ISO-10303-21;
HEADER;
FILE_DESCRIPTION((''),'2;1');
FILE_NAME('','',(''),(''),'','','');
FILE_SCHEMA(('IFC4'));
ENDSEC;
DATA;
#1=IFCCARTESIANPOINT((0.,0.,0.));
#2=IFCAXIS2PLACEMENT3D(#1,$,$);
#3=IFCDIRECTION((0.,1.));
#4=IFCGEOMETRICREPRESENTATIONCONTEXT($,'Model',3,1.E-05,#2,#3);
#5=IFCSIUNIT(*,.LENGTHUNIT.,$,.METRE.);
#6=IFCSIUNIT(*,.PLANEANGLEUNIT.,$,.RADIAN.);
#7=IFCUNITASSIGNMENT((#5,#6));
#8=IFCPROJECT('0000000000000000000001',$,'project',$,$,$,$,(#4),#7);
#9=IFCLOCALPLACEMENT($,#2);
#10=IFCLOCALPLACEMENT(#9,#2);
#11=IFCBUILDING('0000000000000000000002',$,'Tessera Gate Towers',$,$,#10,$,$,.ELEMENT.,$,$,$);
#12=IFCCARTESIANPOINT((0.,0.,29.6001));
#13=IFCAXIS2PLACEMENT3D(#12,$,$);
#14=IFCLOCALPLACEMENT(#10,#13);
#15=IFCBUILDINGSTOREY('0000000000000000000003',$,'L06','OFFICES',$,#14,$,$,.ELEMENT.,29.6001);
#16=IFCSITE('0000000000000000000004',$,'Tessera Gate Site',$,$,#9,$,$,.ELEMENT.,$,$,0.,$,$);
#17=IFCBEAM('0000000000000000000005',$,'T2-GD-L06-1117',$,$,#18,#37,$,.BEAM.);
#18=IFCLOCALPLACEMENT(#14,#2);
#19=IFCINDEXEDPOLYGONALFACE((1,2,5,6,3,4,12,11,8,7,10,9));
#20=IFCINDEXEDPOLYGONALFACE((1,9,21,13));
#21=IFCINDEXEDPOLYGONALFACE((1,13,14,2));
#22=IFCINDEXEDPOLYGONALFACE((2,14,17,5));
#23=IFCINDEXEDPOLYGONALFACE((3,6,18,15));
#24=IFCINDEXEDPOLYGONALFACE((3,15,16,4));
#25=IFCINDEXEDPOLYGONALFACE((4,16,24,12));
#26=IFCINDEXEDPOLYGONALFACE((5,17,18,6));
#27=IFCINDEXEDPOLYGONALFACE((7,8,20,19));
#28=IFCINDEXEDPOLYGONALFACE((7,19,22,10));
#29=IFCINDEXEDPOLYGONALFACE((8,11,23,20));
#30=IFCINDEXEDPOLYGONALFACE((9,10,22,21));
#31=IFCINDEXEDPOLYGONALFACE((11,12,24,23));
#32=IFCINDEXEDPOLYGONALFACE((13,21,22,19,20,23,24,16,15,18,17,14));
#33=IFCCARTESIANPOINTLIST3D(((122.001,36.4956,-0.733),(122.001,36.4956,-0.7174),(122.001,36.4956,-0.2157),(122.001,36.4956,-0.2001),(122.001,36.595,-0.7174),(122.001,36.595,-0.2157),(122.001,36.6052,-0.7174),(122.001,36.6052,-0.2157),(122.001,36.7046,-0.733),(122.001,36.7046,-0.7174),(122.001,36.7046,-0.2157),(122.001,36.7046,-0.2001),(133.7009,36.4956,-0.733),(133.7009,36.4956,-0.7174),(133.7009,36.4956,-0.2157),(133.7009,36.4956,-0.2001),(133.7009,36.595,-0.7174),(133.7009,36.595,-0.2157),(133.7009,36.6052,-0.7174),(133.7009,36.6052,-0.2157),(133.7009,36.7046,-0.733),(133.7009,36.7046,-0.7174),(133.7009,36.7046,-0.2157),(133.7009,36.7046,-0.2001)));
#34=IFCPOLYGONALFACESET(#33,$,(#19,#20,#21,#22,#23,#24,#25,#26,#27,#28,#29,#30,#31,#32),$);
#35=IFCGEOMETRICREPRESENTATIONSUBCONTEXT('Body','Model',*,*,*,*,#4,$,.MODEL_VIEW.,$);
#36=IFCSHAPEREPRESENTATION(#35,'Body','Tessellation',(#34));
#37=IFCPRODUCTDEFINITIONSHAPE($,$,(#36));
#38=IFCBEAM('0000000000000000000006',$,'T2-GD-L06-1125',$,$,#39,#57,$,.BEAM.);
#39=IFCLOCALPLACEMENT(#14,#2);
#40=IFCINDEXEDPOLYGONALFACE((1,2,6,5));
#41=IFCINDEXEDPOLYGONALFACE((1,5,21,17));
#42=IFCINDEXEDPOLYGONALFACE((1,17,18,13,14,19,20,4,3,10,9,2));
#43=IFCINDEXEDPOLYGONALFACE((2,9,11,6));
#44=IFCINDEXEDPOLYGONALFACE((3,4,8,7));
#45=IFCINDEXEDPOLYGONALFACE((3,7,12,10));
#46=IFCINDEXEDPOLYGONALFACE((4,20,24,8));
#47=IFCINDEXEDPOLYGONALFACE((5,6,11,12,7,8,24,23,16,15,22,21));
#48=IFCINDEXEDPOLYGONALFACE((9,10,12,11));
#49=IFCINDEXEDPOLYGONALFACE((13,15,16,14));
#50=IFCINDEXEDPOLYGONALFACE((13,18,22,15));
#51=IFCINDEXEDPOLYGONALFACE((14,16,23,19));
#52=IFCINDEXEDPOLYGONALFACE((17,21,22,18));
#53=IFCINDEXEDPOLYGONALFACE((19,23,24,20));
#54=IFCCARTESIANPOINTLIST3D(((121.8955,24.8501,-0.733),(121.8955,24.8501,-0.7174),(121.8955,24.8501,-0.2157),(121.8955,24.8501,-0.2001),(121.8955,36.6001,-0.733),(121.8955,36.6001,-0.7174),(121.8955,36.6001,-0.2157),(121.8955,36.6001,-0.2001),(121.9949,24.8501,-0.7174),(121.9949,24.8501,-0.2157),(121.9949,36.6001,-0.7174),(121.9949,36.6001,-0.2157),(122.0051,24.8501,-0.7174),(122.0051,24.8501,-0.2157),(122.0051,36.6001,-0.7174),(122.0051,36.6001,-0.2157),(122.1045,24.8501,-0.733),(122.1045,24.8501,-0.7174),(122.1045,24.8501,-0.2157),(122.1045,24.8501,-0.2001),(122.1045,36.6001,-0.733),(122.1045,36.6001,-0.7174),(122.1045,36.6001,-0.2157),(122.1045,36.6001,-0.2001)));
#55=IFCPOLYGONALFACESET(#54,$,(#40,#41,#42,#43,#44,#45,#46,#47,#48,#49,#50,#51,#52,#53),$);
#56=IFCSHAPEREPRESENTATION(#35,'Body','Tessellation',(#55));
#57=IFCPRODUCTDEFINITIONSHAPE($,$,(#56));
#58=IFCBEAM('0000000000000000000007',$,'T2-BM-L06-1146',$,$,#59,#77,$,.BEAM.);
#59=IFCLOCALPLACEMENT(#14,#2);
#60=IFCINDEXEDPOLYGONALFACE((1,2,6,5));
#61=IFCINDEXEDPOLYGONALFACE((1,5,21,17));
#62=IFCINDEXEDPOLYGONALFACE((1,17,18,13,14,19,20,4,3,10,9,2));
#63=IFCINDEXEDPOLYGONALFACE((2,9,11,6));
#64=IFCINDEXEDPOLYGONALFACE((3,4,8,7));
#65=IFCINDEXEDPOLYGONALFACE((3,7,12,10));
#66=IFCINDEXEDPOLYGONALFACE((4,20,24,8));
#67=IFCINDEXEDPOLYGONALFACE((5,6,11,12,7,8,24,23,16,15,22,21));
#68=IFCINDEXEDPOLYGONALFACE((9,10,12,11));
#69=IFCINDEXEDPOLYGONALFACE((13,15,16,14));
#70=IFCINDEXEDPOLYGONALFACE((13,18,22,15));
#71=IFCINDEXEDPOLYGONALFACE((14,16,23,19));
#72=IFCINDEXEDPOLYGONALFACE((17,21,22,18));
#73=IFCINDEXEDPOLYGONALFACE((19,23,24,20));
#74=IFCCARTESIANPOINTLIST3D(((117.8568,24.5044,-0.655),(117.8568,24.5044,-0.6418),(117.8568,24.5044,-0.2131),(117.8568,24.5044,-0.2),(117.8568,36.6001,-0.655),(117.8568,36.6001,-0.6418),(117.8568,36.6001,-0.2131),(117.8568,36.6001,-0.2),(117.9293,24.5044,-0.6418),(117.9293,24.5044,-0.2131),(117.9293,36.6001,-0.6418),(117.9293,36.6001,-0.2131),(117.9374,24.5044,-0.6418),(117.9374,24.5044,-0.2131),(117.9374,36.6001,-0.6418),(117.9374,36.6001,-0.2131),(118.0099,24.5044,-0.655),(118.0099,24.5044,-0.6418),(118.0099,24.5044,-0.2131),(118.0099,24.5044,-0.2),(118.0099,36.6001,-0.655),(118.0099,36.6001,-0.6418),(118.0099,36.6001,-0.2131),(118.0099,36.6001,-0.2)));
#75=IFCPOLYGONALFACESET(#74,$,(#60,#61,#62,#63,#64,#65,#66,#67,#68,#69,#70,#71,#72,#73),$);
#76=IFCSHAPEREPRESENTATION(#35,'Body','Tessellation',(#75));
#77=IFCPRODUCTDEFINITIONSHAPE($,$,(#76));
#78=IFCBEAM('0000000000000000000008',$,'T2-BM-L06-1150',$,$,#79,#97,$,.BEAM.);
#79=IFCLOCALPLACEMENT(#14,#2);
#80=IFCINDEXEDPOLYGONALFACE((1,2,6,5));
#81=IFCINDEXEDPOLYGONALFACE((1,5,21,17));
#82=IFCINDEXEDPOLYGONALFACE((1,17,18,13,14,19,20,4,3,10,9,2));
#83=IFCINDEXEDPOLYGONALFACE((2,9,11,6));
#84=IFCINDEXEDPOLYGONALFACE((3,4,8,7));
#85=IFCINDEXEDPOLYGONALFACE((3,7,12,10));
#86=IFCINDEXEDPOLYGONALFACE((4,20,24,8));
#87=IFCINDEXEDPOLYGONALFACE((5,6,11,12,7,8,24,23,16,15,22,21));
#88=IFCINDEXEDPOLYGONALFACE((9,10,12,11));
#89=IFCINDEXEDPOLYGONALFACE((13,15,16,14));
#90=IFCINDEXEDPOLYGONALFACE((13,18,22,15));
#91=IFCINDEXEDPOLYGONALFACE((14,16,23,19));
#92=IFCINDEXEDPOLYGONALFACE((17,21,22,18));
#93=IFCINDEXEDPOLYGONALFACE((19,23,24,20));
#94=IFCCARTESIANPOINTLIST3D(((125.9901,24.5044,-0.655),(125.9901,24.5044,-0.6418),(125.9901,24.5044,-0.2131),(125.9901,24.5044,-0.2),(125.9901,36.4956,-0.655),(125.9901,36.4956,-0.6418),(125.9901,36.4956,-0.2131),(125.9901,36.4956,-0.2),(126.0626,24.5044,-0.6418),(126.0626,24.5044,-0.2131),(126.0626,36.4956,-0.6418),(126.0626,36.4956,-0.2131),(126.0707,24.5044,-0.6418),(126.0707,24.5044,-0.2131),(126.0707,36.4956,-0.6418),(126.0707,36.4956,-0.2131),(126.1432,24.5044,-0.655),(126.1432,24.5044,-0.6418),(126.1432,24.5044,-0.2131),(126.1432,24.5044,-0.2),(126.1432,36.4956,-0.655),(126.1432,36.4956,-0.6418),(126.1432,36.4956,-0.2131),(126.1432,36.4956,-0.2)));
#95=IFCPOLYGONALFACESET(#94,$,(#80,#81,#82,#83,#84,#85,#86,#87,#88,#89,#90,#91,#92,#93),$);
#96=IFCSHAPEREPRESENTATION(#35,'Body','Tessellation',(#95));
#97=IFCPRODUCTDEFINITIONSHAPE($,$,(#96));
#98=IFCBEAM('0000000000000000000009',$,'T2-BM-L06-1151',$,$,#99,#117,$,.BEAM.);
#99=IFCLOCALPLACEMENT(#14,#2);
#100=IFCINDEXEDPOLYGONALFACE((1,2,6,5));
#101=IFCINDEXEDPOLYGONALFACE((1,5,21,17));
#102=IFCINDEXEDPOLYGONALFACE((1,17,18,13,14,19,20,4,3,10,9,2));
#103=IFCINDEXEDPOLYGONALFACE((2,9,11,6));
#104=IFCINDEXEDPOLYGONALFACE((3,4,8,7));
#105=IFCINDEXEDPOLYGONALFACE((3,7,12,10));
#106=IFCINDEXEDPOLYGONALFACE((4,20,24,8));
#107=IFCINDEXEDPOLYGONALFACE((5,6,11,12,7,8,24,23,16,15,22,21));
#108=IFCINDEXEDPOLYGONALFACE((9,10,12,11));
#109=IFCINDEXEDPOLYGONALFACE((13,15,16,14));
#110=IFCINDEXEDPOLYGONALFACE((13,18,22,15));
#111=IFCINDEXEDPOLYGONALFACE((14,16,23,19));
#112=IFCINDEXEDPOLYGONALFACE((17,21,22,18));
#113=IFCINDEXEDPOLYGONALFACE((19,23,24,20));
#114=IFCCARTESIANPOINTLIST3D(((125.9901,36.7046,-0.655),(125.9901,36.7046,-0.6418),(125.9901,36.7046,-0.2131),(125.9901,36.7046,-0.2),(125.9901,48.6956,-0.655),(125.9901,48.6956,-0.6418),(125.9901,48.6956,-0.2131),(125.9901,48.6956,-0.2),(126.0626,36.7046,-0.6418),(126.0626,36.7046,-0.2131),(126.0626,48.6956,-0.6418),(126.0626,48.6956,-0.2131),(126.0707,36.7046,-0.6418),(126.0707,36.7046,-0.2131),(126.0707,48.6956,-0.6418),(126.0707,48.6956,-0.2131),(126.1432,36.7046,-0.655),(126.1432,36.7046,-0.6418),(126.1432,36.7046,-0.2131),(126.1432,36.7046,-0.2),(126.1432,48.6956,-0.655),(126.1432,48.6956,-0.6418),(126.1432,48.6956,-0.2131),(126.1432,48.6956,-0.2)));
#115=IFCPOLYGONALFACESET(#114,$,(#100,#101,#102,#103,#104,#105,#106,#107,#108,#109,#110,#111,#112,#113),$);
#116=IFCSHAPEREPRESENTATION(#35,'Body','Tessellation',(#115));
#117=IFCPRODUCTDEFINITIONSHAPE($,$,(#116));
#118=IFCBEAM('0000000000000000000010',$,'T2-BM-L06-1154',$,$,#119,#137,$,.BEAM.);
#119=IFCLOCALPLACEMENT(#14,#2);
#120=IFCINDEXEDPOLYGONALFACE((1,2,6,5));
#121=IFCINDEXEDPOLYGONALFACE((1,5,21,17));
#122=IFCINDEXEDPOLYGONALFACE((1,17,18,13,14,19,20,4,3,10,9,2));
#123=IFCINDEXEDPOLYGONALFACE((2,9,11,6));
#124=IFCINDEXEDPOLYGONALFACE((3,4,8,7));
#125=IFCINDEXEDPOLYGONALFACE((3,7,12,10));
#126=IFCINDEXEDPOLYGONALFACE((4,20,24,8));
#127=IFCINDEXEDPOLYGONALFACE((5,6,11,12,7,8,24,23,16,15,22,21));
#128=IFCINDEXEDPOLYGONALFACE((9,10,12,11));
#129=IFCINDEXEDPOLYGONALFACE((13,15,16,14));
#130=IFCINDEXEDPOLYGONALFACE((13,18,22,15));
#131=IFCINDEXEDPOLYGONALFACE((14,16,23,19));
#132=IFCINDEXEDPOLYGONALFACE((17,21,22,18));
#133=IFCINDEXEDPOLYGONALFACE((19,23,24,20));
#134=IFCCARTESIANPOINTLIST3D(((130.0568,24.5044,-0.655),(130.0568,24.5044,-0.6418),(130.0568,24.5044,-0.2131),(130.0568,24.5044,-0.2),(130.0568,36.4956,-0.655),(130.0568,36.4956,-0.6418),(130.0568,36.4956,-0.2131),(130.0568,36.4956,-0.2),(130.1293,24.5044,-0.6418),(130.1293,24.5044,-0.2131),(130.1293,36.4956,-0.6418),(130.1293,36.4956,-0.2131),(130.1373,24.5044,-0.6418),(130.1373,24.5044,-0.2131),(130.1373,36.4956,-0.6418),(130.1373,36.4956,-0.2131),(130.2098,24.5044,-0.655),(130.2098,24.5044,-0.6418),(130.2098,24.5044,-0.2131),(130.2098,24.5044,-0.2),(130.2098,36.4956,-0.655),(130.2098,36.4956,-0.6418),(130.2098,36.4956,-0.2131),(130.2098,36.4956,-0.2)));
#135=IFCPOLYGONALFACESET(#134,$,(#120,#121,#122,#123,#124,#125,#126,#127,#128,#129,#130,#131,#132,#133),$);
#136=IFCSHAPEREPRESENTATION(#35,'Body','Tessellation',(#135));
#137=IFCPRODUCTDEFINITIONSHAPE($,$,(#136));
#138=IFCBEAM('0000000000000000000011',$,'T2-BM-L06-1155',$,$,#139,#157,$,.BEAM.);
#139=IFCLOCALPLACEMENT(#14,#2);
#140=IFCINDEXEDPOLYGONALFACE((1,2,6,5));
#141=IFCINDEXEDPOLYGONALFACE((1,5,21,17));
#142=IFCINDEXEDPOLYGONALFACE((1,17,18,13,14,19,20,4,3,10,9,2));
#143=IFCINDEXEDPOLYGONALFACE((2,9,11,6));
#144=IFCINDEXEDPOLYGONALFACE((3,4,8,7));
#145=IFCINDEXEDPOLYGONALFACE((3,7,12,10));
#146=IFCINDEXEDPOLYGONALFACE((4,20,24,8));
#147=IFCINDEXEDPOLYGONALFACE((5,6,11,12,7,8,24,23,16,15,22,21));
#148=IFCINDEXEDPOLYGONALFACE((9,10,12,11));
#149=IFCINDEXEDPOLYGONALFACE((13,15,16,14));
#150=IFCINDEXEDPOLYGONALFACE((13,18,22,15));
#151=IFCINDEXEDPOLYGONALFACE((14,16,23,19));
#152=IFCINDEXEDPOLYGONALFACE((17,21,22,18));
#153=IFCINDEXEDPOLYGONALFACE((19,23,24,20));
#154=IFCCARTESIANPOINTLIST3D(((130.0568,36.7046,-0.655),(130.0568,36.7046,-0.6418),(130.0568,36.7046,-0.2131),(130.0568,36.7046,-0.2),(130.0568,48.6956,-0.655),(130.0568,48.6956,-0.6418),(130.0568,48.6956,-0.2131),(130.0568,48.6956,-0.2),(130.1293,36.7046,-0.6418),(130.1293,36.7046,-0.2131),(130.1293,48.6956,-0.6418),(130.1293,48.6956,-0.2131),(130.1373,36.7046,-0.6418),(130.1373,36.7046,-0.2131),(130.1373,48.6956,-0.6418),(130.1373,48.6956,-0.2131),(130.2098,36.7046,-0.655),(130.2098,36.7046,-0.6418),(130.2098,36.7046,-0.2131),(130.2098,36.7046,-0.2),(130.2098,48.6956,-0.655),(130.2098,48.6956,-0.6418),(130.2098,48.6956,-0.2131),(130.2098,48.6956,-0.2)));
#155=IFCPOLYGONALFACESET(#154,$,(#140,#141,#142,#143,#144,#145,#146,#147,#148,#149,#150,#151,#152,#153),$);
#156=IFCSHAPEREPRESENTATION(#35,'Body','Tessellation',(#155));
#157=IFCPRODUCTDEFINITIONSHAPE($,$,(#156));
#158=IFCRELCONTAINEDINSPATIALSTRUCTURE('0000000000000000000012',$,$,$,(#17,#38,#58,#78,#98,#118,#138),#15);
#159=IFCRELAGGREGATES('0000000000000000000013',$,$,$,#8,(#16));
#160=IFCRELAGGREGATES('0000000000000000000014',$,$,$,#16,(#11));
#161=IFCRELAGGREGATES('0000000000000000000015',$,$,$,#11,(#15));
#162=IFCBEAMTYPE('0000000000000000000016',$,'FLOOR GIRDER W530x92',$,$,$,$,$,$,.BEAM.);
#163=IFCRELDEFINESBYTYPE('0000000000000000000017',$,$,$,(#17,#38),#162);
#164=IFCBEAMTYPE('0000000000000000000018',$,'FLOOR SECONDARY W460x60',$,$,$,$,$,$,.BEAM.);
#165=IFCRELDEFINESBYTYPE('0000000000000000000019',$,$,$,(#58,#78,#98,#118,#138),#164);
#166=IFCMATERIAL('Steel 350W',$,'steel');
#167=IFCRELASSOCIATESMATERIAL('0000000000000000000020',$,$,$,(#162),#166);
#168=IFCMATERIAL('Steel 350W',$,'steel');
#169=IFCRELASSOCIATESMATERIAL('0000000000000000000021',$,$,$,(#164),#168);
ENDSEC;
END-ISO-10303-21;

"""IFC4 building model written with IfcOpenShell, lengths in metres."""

from ifc_helpers import new_model, si_unit, direction, frame, origin, origin_2d, place, context, subcontext, project, spatial, i_section, extrude, material, material_profile, profile_set, type_object, element, save


model = new_model("IFC4")

# Units and contexts
model_context = context("Model", 3, precision=1e-05, world=origin(), true_north=direction((0.0, 1.0)))
body_context = subcontext(model_context, "Body", "Model", "MODEL_VIEW")
ifc_project = project(units=[si_unit("LENGTHUNIT", "METRE"), si_unit("PLANEANGLEUNIT", "RADIAN")], contexts=[model_context])

# Site, building, storey
site_placement = place(None, origin())
site = spatial("IfcSite", under=ifc_project, at=site_placement, Name="Tessera Gate Site", CompositionType="ELEMENT", RefElevation=0.0)
building_placement = place(site_placement, origin())
building = spatial("IfcBuilding", under=site, at=building_placement, Name="Tessera Gate Towers", CompositionType="ELEMENT")
storey_placement = place(building_placement, frame((0.0, 0.0, 29.6001)))
storey = spatial("IfcBuildingStorey", under=building, at=storey_placement, Name="L06", Description="OFFICES", CompositionType="ELEMENT", Elevation=29.6001)

# Beams
ifc_material_1 = material(Name="Steel 350W", Category="steel")
ifc_material_profile_1 = material_profile(ifc_material_1, i_section(OverallWidth=0.209, OverallDepth=0.533, WebThickness=0.0103, FlangeThickness=0.0156, at=origin_2d()), Name="W530x92")
ifc_profile_set_1 = profile_set([ifc_material_profile_1], Name="Steel 350W")
beam_type_1 = type_object("IfcBeamType", Name="FLOOR GIRDER W530x92", PredefinedType="BEAM", material=ifc_profile_set_1)
beam_1_placement = place(storey_placement, frame((122.001, 36.6001, -0.4666), z_axis=(1.0, 0.0, 0.0), x_axis=(0.0, 1.0, 0.0)))
element("IfcBeam", 1, at=beam_1_placement, inside=storey, type_object=beam_type_1, Name="T2-GD-L06-1117", PredefinedType="BEAM", context=body_context, shape_type="SweptSolid", body=[
    extrude(i_section(OverallWidth=0.209, OverallDepth=0.533, WebThickness=0.0103, FlangeThickness=0.0156, at=origin_2d()), origin(), (0.0, 0.0, 1.0), 11.7),
])
beam_2_placement = place(storey_placement, frame((122.0, 24.8501, -0.4666), z_axis=(0.0, 1.0, 0.0), x_axis=(-1.0, 0.0, 0.0)))
element("IfcBeam", 2, at=beam_2_placement, inside=storey, type_object=beam_type_1, Name="T2-GD-L06-1125", PredefinedType="BEAM", context=body_context, shape_type="SweptSolid", body=[
    extrude(i_section(OverallWidth=0.209, OverallDepth=0.533, WebThickness=0.0103, FlangeThickness=0.0156, at=origin_2d()), origin(), (0.0, 0.0, 1.0), 11.75),
])
ifc_material_2 = material(Name="Steel 350W", Category="steel")
ifc_material_profile_2 = material_profile(ifc_material_2, i_section(OverallWidth=0.1531, OverallDepth=0.4551, WebThickness=0.0081, FlangeThickness=0.0132, at=origin_2d()), Name="W460x60")
ifc_profile_set_2 = profile_set([ifc_material_profile_2], Name="Steel 350W")
beam_type_2 = type_object("IfcBeamType", Name="FLOOR SECONDARY W460x60", PredefinedType="BEAM", material=ifc_profile_set_2)
beam_3_placement = place(storey_placement, frame((117.9333, 24.5044, -0.4275), z_axis=(0.0, 1.0, 0.0), x_axis=(-1.0, 0.0, 0.0)))
element("IfcBeam", 3, at=beam_3_placement, inside=storey, type_object=beam_type_2, Name="T2-BM-L06-1146", PredefinedType="BEAM", context=body_context, shape_type="SweptSolid", body=[
    extrude(i_section(OverallWidth=0.1531, OverallDepth=0.4551, WebThickness=0.0081, FlangeThickness=0.0132, at=origin_2d()), origin(), (0.0, 0.0, 1.0), 12.0957),
])
beam_4_placement = place(storey_placement, frame((126.0667, 24.5044, -0.4275), z_axis=(0.0, 1.0, 0.0), x_axis=(-1.0, 0.0, 0.0)))
element("IfcBeam", 4, at=beam_4_placement, inside=storey, type_object=beam_type_2, Name="T2-BM-L06-1150", PredefinedType="BEAM", context=body_context, shape_type="SweptSolid", body=[
    extrude(i_section(OverallWidth=0.1531, OverallDepth=0.4551, WebThickness=0.0081, FlangeThickness=0.0132, at=origin_2d()), origin(), (0.0, 0.0, 1.0), 11.9912),
])
beam_5_placement = place(storey_placement, frame((126.0667, 36.7046, -0.4275), z_axis=(0.0, 1.0, 0.0), x_axis=(-1.0, 0.0, 0.0)))
element("IfcBeam", 5, at=beam_5_placement, inside=storey, type_object=beam_type_2, Name="T2-BM-L06-1151", PredefinedType="BEAM", context=body_context, shape_type="SweptSolid", body=[
    extrude(i_section(OverallWidth=0.1531, OverallDepth=0.4551, WebThickness=0.0081, FlangeThickness=0.0132, at=origin_2d()), origin(), (0.0, 0.0, 1.0), 11.991),
])
beam_6_placement = place(storey_placement, frame((130.1333, 24.5044, -0.4275), z_axis=(0.0, 1.0, 0.0), x_axis=(-1.0, 0.0, 0.0)))
element("IfcBeam", 6, at=beam_6_placement, inside=storey, type_object=beam_type_2, Name="T2-BM-L06-1154", PredefinedType="BEAM", context=body_context, shape_type="SweptSolid", body=[
    extrude(i_section(OverallWidth=0.1531, OverallDepth=0.4551, WebThickness=0.0081, FlangeThickness=0.0132, at=origin_2d()), origin(), (0.0, 0.0, 1.0), 11.9912),
])
beam_7_placement = place(storey_placement, frame((130.1333, 36.7046, -0.4275), z_axis=(0.0, 1.0, 0.0), x_axis=(-1.0, 0.0, 0.0)))
element("IfcBeam", 7, at=beam_7_placement, inside=storey, type_object=beam_type_2, Name="T2-BM-L06-1155", PredefinedType="BEAM", context=body_context, shape_type="SweptSolid", body=[
    extrude(i_section(OverallWidth=0.1531, OverallDepth=0.4551, WebThickness=0.0081, FlangeThickness=0.0132, at=origin_2d()), origin(), (0.0, 0.0, 1.0), 11.991),
])

save(model, "model.ifc")
